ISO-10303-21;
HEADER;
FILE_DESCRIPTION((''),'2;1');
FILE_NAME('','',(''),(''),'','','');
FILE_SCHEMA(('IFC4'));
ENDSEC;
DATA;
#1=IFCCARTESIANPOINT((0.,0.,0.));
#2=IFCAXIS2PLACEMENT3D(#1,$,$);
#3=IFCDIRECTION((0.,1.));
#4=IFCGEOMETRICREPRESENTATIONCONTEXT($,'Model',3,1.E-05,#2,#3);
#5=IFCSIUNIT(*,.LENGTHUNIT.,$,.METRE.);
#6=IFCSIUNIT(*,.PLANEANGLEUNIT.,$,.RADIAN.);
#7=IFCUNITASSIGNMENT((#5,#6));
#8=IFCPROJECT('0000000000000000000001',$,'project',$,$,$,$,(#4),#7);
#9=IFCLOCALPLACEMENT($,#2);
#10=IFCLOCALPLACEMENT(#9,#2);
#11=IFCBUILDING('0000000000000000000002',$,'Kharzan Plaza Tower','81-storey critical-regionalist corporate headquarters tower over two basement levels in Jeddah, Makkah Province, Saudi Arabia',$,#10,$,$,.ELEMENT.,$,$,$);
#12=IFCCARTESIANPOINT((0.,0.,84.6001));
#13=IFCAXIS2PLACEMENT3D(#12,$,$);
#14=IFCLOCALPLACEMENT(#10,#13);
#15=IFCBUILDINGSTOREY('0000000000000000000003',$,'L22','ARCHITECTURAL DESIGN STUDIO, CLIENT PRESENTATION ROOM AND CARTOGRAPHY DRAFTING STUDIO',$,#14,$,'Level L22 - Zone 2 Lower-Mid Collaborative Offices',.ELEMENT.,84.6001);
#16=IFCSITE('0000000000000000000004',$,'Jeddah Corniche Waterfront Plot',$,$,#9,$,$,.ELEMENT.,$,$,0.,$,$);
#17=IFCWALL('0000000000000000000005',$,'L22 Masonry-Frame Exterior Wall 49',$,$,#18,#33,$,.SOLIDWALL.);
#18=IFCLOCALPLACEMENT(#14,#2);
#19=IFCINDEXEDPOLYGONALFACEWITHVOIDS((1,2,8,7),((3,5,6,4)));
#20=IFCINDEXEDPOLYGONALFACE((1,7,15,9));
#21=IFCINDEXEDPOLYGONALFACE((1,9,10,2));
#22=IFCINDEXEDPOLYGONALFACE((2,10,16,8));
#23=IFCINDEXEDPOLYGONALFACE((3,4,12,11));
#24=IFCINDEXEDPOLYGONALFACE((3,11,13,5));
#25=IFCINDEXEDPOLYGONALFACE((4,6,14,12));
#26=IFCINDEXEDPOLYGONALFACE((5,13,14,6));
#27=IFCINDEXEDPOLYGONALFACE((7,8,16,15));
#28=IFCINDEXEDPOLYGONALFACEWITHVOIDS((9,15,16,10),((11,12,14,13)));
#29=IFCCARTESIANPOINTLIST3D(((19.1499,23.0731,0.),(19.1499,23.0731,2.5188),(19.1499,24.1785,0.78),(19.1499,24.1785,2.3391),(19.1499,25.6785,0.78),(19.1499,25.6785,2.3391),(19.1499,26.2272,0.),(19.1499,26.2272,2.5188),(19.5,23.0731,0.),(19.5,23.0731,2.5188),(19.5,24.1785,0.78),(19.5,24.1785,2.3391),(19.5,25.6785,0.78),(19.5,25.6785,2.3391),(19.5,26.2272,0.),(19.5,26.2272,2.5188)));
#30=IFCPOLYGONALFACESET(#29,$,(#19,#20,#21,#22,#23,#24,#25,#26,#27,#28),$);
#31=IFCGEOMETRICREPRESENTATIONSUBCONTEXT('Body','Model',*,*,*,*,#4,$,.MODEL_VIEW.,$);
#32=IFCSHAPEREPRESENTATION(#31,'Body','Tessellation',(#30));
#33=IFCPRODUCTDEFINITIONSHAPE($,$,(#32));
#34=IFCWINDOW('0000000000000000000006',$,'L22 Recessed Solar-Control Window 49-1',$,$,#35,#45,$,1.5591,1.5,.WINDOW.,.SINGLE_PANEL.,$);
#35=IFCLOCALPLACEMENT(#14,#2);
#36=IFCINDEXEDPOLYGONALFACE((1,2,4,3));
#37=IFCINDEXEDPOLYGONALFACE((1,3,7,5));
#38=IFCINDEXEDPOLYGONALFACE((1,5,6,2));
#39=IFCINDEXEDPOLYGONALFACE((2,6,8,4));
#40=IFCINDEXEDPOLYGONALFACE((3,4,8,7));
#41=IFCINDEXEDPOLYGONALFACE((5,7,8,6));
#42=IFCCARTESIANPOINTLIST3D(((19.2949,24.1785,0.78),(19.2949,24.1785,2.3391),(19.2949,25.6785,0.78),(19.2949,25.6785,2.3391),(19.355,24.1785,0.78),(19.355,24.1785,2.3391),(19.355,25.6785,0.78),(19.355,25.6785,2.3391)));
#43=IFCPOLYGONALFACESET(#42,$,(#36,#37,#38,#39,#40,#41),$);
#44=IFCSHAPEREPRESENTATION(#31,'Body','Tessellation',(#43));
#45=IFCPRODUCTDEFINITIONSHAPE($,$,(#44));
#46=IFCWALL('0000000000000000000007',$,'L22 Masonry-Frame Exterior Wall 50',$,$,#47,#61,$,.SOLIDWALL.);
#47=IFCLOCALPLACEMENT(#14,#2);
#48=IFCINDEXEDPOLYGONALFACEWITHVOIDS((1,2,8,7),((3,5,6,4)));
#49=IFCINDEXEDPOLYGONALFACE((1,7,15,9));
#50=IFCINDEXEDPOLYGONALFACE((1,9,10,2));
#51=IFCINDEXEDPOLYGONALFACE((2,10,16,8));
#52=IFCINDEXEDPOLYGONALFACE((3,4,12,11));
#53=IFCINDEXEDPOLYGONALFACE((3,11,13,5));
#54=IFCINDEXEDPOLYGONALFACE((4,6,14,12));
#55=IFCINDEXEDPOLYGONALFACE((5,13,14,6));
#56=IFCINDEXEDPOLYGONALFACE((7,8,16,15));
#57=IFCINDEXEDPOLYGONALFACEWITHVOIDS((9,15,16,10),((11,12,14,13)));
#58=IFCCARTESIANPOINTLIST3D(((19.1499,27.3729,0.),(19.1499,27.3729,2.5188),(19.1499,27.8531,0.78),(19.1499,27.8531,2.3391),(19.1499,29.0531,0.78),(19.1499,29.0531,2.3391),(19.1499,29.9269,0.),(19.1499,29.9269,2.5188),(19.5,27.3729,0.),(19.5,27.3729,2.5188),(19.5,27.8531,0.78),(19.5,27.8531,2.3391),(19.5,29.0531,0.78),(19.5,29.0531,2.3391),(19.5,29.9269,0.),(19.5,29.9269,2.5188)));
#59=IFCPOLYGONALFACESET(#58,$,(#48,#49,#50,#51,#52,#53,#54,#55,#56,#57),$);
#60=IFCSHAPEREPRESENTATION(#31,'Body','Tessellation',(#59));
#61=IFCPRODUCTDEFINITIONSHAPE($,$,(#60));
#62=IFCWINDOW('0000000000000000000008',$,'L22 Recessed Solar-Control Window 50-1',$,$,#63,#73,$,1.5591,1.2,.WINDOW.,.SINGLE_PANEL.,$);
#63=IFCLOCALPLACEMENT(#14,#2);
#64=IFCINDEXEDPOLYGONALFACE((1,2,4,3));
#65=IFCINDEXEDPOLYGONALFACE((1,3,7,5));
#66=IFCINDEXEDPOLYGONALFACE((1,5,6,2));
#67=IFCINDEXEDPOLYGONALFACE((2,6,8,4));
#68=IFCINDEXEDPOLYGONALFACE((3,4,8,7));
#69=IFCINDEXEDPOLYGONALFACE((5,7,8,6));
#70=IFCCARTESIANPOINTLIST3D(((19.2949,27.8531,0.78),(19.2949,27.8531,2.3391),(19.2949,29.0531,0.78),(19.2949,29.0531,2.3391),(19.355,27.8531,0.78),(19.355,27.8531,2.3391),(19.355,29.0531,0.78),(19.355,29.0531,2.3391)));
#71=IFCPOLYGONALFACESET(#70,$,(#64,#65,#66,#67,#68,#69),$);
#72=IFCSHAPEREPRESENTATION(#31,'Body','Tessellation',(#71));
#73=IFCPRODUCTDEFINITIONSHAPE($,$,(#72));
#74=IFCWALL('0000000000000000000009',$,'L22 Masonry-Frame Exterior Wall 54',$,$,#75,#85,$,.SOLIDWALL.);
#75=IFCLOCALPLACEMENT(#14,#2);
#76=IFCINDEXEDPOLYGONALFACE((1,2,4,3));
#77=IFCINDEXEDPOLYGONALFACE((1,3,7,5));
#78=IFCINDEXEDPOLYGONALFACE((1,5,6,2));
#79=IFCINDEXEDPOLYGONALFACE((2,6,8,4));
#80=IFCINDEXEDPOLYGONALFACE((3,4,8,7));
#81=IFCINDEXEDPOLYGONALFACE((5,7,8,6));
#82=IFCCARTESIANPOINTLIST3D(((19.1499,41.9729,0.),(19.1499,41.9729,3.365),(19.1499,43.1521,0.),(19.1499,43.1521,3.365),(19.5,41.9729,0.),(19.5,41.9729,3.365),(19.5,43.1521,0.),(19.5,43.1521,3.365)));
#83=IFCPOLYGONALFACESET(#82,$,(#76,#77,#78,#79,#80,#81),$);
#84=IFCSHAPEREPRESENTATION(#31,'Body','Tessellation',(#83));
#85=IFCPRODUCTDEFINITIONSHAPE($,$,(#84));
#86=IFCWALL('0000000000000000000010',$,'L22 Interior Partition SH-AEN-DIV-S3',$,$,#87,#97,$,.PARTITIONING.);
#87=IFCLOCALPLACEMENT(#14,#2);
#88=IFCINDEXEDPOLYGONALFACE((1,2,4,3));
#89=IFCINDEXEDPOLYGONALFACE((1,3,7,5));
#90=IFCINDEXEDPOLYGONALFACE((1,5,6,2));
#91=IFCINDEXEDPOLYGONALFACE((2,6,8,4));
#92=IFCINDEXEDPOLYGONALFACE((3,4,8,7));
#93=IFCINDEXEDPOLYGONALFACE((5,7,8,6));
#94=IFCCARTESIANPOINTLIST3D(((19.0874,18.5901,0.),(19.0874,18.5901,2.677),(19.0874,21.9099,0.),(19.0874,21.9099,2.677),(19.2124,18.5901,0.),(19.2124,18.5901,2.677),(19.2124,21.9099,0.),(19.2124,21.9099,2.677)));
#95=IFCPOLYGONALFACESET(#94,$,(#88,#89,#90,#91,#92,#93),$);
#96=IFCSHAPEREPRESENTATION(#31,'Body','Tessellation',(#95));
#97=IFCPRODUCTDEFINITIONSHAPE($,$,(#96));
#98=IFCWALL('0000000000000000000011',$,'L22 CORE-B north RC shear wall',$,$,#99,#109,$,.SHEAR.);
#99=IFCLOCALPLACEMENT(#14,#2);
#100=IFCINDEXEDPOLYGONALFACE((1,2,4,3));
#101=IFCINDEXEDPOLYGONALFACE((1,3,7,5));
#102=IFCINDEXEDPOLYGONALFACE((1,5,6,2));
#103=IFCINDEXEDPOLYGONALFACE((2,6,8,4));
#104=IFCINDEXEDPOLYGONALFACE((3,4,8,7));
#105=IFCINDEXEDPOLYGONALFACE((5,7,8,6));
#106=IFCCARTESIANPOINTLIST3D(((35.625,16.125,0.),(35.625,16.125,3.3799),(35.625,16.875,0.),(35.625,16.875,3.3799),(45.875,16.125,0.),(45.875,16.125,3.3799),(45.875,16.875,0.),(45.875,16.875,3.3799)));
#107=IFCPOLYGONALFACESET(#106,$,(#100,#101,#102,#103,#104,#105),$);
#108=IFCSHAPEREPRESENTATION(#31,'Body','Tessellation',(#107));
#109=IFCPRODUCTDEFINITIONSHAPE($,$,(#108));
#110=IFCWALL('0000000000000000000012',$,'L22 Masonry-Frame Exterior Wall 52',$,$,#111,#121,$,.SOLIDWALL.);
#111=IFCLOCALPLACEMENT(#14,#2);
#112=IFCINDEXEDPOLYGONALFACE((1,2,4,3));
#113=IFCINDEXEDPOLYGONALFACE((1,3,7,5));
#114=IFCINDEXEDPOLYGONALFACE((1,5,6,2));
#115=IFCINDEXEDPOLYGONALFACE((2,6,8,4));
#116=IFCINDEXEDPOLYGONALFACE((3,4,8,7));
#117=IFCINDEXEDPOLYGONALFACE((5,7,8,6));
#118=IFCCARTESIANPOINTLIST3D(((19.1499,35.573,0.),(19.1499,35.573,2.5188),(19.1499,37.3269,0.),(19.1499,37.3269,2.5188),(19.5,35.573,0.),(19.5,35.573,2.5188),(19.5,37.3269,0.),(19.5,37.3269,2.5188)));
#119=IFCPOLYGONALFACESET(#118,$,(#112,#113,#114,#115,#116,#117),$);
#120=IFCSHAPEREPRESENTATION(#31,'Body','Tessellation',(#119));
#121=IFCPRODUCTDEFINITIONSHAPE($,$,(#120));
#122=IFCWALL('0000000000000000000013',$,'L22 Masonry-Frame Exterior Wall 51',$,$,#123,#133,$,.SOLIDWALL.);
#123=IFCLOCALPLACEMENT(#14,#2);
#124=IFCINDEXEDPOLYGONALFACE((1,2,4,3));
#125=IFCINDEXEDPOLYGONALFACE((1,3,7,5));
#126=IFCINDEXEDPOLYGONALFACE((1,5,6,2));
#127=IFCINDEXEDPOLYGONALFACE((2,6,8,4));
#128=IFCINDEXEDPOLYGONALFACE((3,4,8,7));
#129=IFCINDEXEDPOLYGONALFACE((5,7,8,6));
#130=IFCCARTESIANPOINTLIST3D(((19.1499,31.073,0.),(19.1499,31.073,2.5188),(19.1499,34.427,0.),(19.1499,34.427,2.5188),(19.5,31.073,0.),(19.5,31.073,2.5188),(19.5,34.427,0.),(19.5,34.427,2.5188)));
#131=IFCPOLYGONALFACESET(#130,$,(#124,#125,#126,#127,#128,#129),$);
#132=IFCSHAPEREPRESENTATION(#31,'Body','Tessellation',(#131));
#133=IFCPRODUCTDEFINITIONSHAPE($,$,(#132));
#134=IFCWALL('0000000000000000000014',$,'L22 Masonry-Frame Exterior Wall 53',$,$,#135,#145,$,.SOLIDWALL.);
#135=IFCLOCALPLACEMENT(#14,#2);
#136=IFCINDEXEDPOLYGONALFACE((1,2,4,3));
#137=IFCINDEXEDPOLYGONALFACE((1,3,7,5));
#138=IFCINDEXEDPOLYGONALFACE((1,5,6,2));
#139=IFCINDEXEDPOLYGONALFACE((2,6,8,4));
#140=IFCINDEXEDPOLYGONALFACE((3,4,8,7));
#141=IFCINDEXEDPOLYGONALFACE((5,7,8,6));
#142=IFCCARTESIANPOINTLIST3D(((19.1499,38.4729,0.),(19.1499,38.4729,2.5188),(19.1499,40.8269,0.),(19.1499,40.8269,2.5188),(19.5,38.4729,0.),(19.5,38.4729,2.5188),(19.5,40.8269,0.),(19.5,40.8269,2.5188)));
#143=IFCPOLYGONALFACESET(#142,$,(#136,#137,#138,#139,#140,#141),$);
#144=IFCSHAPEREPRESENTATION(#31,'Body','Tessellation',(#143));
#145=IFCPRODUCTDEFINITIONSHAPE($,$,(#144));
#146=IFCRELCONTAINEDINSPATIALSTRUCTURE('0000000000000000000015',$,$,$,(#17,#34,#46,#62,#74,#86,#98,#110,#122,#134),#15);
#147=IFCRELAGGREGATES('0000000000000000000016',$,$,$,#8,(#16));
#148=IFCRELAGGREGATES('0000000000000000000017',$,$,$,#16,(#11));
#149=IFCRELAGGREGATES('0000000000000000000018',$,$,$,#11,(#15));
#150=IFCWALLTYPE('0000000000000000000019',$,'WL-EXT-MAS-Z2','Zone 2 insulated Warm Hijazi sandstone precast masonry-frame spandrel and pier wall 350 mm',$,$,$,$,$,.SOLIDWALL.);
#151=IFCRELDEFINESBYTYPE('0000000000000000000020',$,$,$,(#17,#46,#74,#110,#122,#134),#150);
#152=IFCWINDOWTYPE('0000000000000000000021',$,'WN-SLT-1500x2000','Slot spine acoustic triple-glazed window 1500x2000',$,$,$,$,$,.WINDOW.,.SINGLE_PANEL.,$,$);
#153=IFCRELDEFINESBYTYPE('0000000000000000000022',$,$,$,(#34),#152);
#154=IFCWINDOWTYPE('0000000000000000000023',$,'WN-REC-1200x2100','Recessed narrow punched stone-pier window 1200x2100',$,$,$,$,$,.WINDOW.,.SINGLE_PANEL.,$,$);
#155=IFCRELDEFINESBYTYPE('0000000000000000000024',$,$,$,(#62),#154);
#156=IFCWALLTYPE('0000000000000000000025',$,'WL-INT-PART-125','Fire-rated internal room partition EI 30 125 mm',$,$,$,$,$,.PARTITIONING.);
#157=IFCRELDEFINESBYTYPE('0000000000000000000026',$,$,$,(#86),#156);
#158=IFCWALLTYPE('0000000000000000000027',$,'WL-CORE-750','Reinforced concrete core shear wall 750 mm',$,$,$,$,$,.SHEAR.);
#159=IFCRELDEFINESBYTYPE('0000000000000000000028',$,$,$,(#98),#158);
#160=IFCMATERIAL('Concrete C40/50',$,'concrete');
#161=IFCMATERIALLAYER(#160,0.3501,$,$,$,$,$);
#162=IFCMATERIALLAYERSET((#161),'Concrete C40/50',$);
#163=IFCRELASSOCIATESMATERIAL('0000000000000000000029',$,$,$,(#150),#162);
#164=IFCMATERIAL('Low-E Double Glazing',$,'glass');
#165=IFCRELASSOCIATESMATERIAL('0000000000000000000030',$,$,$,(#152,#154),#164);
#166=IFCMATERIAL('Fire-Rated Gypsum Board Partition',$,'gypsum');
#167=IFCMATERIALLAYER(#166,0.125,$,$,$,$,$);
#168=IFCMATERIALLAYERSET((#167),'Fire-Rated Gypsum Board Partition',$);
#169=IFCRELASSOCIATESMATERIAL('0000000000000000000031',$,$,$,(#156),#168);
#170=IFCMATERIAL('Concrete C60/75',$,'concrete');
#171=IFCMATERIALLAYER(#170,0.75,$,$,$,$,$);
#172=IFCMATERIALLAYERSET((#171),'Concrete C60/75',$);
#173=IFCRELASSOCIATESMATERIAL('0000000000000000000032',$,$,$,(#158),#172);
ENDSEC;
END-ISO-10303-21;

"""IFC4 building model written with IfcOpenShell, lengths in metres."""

from ifc_helpers import new_model, si_unit, direction, frame, frame_2d, origin, place, context, subcontext, project, spatial, rectangle, extrude, source, transform, mapped, material, layer, layer_set, type_object, element, fill, save


model = new_model("IFC4")

# Units and contexts
model_context = context("Model", 3, precision=1e-05, world=origin(), true_north=direction((0.0, 1.0)))
body_context = subcontext(model_context, "Body", "Model", "MODEL_VIEW")
ifc_project = project(units=[si_unit("LENGTHUNIT", "METRE"), si_unit("PLANEANGLEUNIT", "RADIAN")], contexts=[model_context])

# Site, building, storey
site_placement = place(None, origin())
site = spatial("IfcSite", under=ifc_project, at=site_placement, Name="Jeddah Corniche Waterfront Plot", CompositionType="ELEMENT", RefElevation=0.0)
building_placement = place(site_placement, origin())
building = spatial("IfcBuilding", under=site, at=building_placement, Name="Kharzan Plaza Tower", Description="81-storey critical-regionalist corporate headquarters tower over two basement levels in Jeddah, Makkah Province, Saudi Arabia", CompositionType="ELEMENT")
storey_placement = place(building_placement, frame((0.0, 0.0, 84.6001)))
storey = spatial("IfcBuildingStorey", under=building, at=storey_placement, Name="L22", Description="ARCHITECTURAL DESIGN STUDIO, CLIENT PRESENTATION ROOM AND CARTOGRAPHY DRAFTING STUDIO", LongName="Level L22 - Zone 2 Lower-Mid Collaborative Offices", CompositionType="ELEMENT", Elevation=84.6001)

# Shared definitions
ifc_material_1 = material(Name="Concrete C60/75", Category="concrete")

# Shared definitions
ifc_material_2 = material(Name="Concrete C40/50", Category="concrete")
ifc_layer_1 = layer(ifc_material_2, 0.3501)
ifc_layer_set_1 = layer_set([ifc_layer_1], Name="Concrete C40/50")
wall_type_1 = type_object("IfcWallType", Name="WL-EXT-MAS-Z2", Description="Zone 2 insulated Warm Hijazi sandstone precast masonry-frame spandrel and pier wall 350 mm", PredefinedType="SOLIDWALL", material=ifc_layer_set_1)
ifc_material_3 = material(Name="Low-E Double Glazing", Category="glass")

# Shared definitions
window_type_1 = type_object("IfcWindowType", Name="WN-SLT-1500x2000", Description="Slot spine acoustic triple-glazed window 1500x2000", PartitioningType="SINGLE_PANEL", PredefinedType="WINDOW", material=ifc_material_3)

# Walls, openings, windows
wall_1_placement = place(storey_placement, frame((19.325, 23.073, 0.0), z_axis=(0.0, 0.0, 1.0), x_axis=(0.0, 1.0, 0.0)))
wall_1 = element("IfcWall", 1, at=wall_1_placement, inside=storey, type_object=wall_type_1, Name="L22 Masonry-Frame Exterior Wall 49", PredefinedType="SOLIDWALL", context=body_context, shape_type="SweptSolid", body=[
    extrude(rectangle(XDim=3.1541, YDim=0.3501, at=frame_2d((1.5771, 0.0))), origin(), (0.0, 0.0, 1.0), 2.5188),
])
opening_1_placement = place(wall_1_placement, frame((1.1055, 0.0, 0.78)))
opening_1 = element("IfcOpeningElement", 2, at=opening_1_placement, cuts=wall_1, PredefinedType="OPENING", context=body_context, shape_type="SweptSolid", body=[
    extrude(rectangle(XDim=1.5, YDim=1.5591, at=frame_2d((0.75, 0.7795))), frame((0.0, 0.1851, 0.0), z_axis=(0.0, -1.0, 0.0), x_axis=(1.0, 0.0, 0.0)), (0.0, 0.0, 1.0), 0.3701),
])
shared_shape_1 = source(origin(), body_context, "Body", "SweptSolid", [
    extrude(rectangle(XDim=1.5, YDim=1.5591, at=frame_2d((0.75, 0.7795))), frame((0.0, 0.03, 0.0), z_axis=(0.0, -1.0, 0.0), x_axis=(1.0, 0.0, 0.0)), (0.0, 0.0, 1.0), 0.0601),
])
window_1_placement = place(opening_1_placement, origin())
window_1 = element("IfcWindow", 3, at=window_1_placement, inside=storey, type_object=window_type_1, Name="L22 Recessed Solar-Control Window 49-1", OverallHeight=1.5591, OverallWidth=1.5, PartitioningType="SINGLE_PANEL", PredefinedType="WINDOW", context=body_context, shape_type="MappedRepresentation", body=[
    mapped(shared_shape_1, transform((0.0, 0.0, 0.0), x_axis=(1.0, 0.0, 0.0), y_axis=(0.0, 1.0, 0.0), z_axis=(0.0, 0.0, 1.0))),
])
fill(opening_1, window_1)
wall_2_placement = place(storey_placement, frame((19.325, 27.373, 0.0), z_axis=(0.0, 0.0, 1.0), x_axis=(0.0, 1.0, 0.0)))
wall_2 = element("IfcWall", 4, at=wall_2_placement, inside=storey, type_object=wall_type_1, Name="L22 Masonry-Frame Exterior Wall 50", PredefinedType="SOLIDWALL", context=body_context, shape_type="SweptSolid", body=[
    extrude(rectangle(XDim=2.554, YDim=0.3501, at=frame_2d((1.2769, 0.0))), origin(), (0.0, 0.0, 1.0), 2.5188),
])
opening_2_placement = place(wall_2_placement, frame((0.48, 0.0, 0.78)))
opening_2 = element("IfcOpeningElement", 5, at=opening_2_placement, cuts=wall_2, PredefinedType="OPENING", context=body_context, shape_type="SweptSolid", body=[
    extrude(rectangle(XDim=1.2, YDim=1.5591, at=frame_2d((0.6001, 0.7795))), frame((0.0, 0.1851, 0.0), z_axis=(0.0, -1.0, 0.0), x_axis=(1.0, 0.0, 0.0)), (0.0, 0.0, 1.0), 0.3701),
])
window_type_2 = type_object("IfcWindowType", Name="WN-REC-1200x2100", Description="Recessed narrow punched stone-pier window 1200x2100", PartitioningType="SINGLE_PANEL", PredefinedType="WINDOW", material=ifc_material_3)
shared_shape_2 = source(origin(), body_context, "Body", "SweptSolid", [
    extrude(rectangle(XDim=1.2, YDim=1.5591, at=frame_2d((0.6001, 0.7795))), frame((0.0, 0.03, 0.0), z_axis=(0.0, -1.0, 0.0), x_axis=(1.0, 0.0, 0.0)), (0.0, 0.0, 1.0), 0.0601),
])
window_2_placement = place(opening_2_placement, origin())
window_2 = element("IfcWindow", 6, at=window_2_placement, inside=storey, type_object=window_type_2, Name="L22 Recessed Solar-Control Window 50-1", OverallHeight=1.5591, OverallWidth=1.2, PartitioningType="SINGLE_PANEL", PredefinedType="WINDOW", context=body_context, shape_type="MappedRepresentation", body=[
    mapped(shared_shape_2, transform((0.0, 0.0, 0.0), x_axis=(1.0, 0.0, 0.0), y_axis=(0.0, 1.0, 0.0), z_axis=(0.0, 0.0, 1.0))),
])
fill(opening_2, window_2)

# Walls
shared_shape_3 = source(origin(), body_context, "Body", "SweptSolid", [
    extrude(rectangle(XDim=1.1792, YDim=0.3501, at=frame_2d((0.5896, 0.0))), origin(), (0.0, 0.0, 1.0), 3.365),
])
wall_3_placement = place(storey_placement, frame((19.325, 41.9729, 0.0), z_axis=(0.0, 0.0, 1.0), x_axis=(0.0, 1.0, 0.0)))
element("IfcWall", 7, at=wall_3_placement, inside=storey, type_object=wall_type_1, Name="L22 Masonry-Frame Exterior Wall 54", PredefinedType="SOLIDWALL", context=body_context, shape_type="MappedRepresentation", body=[
    mapped(shared_shape_3, transform((0.0, 0.0, 0.0), x_axis=(1.0, 0.0, 0.0), y_axis=(0.0, 1.0, 0.0), z_axis=(0.0, 0.0, 1.0))),
])
ifc_material_4 = material(Name="Fire-Rated Gypsum Board Partition", Category="gypsum")
ifc_layer_2 = layer(ifc_material_4, 0.125)
ifc_layer_set_2 = layer_set([ifc_layer_2], Name="Fire-Rated Gypsum Board Partition")
wall_type_2 = type_object("IfcWallType", Name="WL-INT-PART-125", Description="Fire-rated internal room partition EI 30 125 mm", PredefinedType="PARTITIONING", material=ifc_layer_set_2)
shared_shape_4 = source(origin(), body_context, "Body", "SweptSolid", [
    extrude(rectangle(XDim=3.3198, YDim=0.125, at=frame_2d((1.6599, 0.0))), origin(), (0.0, 0.0, 1.0), 2.677),
])
wall_4_placement = place(storey_placement, frame((19.1499, 18.5901, 0.0), z_axis=(0.0, 0.0, 1.0), x_axis=(0.0, 1.0, 0.0)))
element("IfcWall", 8, at=wall_4_placement, inside=storey, type_object=wall_type_2, Name="L22 Interior Partition SH-AEN-DIV-S3", PredefinedType="PARTITIONING", context=body_context, shape_type="MappedRepresentation", body=[
    mapped(shared_shape_4, transform((0.0, 0.0, 0.0), x_axis=(1.0, 0.0, 0.0), y_axis=(0.0, 1.0, 0.0), z_axis=(0.0, 0.0, 1.0))),
])
ifc_layer_3 = layer(ifc_material_1, 0.75)
ifc_layer_set_3 = layer_set([ifc_layer_3], Name="Concrete C60/75")
wall_type_3 = type_object("IfcWallType", Name="WL-CORE-750", Description="Reinforced concrete core shear wall 750 mm", PredefinedType="SHEAR", material=ifc_layer_set_3)
shared_shape_5 = source(origin(), body_context, "Body", "SweptSolid", [
    extrude(rectangle(XDim=10.25, YDim=0.75, at=frame_2d((5.125, 0.0))), origin(), (0.0, 0.0, 1.0), 3.3799),
])
wall_5_placement = place(storey_placement, frame((35.625, 16.5, 0.0), z_axis=(0.0, 0.0, 1.0), x_axis=(1.0, 0.0, 0.0)))
element("IfcWall", 9, at=wall_5_placement, inside=storey, type_object=wall_type_3, Name="L22 CORE-B north RC shear wall", PredefinedType="SHEAR", context=body_context, shape_type="MappedRepresentation", body=[
    mapped(shared_shape_5, transform((0.0, 0.0, 0.0), x_axis=(1.0, 0.0, 0.0), y_axis=(0.0, 1.0, 0.0), z_axis=(0.0, 0.0, 1.0))),
])
shared_shape_6 = source(origin(), body_context, "Body", "SweptSolid", [
    extrude(rectangle(XDim=1.7539, YDim=0.3501, at=frame_2d((0.877, 0.0))), origin(), (0.0, 0.0, 1.0), 2.5188),
])
wall_6_placement = place(storey_placement, frame((19.325, 35.573, 0.0), z_axis=(0.0, 0.0, 1.0), x_axis=(0.0, 1.0, 0.0)))
element("IfcWall", 10, at=wall_6_placement, inside=storey, type_object=wall_type_1, Name="L22 Masonry-Frame Exterior Wall 52", PredefinedType="SOLIDWALL", context=body_context, shape_type="MappedRepresentation", body=[
    mapped(shared_shape_6, transform((0.0, 0.0, 0.0), x_axis=(1.0, 0.0, 0.0), y_axis=(0.0, 1.0, 0.0), z_axis=(0.0, 0.0, 1.0))),
])
shared_shape_7 = source(origin(), body_context, "Body", "SweptSolid", [
    extrude(rectangle(XDim=3.354, YDim=0.3501, at=frame_2d((1.677, 0.0))), origin(), (0.0, 0.0, 1.0), 2.5188),
])
wall_7_placement = place(storey_placement, frame((19.325, 31.073, 0.0), z_axis=(0.0, 0.0, 1.0), x_axis=(0.0, 1.0, 0.0)))
element("IfcWall", 11, at=wall_7_placement, inside=storey, type_object=wall_type_1, Name="L22 Masonry-Frame Exterior Wall 51", PredefinedType="SOLIDWALL", context=body_context, shape_type="MappedRepresentation", body=[
    mapped(shared_shape_7, transform((0.0, 0.0, 0.0), x_axis=(1.0, 0.0, 0.0), y_axis=(0.0, 1.0, 0.0), z_axis=(0.0, 0.0, 1.0))),
])
shared_shape_8 = source(origin(), body_context, "Body", "SweptSolid", [
    extrude(rectangle(XDim=2.354, YDim=0.3501, at=frame_2d((1.177, 0.0))), origin(), (0.0, 0.0, 1.0), 2.5188),
])
wall_8_placement = place(storey_placement, frame((19.325, 38.4729, 0.0), z_axis=(0.0, 0.0, 1.0), x_axis=(0.0, 1.0, 0.0)))
element("IfcWall", 12, at=wall_8_placement, inside=storey, type_object=wall_type_1, Name="L22 Masonry-Frame Exterior Wall 53", PredefinedType="SOLIDWALL", context=body_context, shape_type="MappedRepresentation", body=[
    mapped(shared_shape_8, transform((0.0, 0.0, 0.0), x_axis=(1.0, 0.0, 0.0), y_axis=(0.0, 1.0, 0.0), z_axis=(0.0, 0.0, 1.0))),
])

save(model, "model.ifc")
